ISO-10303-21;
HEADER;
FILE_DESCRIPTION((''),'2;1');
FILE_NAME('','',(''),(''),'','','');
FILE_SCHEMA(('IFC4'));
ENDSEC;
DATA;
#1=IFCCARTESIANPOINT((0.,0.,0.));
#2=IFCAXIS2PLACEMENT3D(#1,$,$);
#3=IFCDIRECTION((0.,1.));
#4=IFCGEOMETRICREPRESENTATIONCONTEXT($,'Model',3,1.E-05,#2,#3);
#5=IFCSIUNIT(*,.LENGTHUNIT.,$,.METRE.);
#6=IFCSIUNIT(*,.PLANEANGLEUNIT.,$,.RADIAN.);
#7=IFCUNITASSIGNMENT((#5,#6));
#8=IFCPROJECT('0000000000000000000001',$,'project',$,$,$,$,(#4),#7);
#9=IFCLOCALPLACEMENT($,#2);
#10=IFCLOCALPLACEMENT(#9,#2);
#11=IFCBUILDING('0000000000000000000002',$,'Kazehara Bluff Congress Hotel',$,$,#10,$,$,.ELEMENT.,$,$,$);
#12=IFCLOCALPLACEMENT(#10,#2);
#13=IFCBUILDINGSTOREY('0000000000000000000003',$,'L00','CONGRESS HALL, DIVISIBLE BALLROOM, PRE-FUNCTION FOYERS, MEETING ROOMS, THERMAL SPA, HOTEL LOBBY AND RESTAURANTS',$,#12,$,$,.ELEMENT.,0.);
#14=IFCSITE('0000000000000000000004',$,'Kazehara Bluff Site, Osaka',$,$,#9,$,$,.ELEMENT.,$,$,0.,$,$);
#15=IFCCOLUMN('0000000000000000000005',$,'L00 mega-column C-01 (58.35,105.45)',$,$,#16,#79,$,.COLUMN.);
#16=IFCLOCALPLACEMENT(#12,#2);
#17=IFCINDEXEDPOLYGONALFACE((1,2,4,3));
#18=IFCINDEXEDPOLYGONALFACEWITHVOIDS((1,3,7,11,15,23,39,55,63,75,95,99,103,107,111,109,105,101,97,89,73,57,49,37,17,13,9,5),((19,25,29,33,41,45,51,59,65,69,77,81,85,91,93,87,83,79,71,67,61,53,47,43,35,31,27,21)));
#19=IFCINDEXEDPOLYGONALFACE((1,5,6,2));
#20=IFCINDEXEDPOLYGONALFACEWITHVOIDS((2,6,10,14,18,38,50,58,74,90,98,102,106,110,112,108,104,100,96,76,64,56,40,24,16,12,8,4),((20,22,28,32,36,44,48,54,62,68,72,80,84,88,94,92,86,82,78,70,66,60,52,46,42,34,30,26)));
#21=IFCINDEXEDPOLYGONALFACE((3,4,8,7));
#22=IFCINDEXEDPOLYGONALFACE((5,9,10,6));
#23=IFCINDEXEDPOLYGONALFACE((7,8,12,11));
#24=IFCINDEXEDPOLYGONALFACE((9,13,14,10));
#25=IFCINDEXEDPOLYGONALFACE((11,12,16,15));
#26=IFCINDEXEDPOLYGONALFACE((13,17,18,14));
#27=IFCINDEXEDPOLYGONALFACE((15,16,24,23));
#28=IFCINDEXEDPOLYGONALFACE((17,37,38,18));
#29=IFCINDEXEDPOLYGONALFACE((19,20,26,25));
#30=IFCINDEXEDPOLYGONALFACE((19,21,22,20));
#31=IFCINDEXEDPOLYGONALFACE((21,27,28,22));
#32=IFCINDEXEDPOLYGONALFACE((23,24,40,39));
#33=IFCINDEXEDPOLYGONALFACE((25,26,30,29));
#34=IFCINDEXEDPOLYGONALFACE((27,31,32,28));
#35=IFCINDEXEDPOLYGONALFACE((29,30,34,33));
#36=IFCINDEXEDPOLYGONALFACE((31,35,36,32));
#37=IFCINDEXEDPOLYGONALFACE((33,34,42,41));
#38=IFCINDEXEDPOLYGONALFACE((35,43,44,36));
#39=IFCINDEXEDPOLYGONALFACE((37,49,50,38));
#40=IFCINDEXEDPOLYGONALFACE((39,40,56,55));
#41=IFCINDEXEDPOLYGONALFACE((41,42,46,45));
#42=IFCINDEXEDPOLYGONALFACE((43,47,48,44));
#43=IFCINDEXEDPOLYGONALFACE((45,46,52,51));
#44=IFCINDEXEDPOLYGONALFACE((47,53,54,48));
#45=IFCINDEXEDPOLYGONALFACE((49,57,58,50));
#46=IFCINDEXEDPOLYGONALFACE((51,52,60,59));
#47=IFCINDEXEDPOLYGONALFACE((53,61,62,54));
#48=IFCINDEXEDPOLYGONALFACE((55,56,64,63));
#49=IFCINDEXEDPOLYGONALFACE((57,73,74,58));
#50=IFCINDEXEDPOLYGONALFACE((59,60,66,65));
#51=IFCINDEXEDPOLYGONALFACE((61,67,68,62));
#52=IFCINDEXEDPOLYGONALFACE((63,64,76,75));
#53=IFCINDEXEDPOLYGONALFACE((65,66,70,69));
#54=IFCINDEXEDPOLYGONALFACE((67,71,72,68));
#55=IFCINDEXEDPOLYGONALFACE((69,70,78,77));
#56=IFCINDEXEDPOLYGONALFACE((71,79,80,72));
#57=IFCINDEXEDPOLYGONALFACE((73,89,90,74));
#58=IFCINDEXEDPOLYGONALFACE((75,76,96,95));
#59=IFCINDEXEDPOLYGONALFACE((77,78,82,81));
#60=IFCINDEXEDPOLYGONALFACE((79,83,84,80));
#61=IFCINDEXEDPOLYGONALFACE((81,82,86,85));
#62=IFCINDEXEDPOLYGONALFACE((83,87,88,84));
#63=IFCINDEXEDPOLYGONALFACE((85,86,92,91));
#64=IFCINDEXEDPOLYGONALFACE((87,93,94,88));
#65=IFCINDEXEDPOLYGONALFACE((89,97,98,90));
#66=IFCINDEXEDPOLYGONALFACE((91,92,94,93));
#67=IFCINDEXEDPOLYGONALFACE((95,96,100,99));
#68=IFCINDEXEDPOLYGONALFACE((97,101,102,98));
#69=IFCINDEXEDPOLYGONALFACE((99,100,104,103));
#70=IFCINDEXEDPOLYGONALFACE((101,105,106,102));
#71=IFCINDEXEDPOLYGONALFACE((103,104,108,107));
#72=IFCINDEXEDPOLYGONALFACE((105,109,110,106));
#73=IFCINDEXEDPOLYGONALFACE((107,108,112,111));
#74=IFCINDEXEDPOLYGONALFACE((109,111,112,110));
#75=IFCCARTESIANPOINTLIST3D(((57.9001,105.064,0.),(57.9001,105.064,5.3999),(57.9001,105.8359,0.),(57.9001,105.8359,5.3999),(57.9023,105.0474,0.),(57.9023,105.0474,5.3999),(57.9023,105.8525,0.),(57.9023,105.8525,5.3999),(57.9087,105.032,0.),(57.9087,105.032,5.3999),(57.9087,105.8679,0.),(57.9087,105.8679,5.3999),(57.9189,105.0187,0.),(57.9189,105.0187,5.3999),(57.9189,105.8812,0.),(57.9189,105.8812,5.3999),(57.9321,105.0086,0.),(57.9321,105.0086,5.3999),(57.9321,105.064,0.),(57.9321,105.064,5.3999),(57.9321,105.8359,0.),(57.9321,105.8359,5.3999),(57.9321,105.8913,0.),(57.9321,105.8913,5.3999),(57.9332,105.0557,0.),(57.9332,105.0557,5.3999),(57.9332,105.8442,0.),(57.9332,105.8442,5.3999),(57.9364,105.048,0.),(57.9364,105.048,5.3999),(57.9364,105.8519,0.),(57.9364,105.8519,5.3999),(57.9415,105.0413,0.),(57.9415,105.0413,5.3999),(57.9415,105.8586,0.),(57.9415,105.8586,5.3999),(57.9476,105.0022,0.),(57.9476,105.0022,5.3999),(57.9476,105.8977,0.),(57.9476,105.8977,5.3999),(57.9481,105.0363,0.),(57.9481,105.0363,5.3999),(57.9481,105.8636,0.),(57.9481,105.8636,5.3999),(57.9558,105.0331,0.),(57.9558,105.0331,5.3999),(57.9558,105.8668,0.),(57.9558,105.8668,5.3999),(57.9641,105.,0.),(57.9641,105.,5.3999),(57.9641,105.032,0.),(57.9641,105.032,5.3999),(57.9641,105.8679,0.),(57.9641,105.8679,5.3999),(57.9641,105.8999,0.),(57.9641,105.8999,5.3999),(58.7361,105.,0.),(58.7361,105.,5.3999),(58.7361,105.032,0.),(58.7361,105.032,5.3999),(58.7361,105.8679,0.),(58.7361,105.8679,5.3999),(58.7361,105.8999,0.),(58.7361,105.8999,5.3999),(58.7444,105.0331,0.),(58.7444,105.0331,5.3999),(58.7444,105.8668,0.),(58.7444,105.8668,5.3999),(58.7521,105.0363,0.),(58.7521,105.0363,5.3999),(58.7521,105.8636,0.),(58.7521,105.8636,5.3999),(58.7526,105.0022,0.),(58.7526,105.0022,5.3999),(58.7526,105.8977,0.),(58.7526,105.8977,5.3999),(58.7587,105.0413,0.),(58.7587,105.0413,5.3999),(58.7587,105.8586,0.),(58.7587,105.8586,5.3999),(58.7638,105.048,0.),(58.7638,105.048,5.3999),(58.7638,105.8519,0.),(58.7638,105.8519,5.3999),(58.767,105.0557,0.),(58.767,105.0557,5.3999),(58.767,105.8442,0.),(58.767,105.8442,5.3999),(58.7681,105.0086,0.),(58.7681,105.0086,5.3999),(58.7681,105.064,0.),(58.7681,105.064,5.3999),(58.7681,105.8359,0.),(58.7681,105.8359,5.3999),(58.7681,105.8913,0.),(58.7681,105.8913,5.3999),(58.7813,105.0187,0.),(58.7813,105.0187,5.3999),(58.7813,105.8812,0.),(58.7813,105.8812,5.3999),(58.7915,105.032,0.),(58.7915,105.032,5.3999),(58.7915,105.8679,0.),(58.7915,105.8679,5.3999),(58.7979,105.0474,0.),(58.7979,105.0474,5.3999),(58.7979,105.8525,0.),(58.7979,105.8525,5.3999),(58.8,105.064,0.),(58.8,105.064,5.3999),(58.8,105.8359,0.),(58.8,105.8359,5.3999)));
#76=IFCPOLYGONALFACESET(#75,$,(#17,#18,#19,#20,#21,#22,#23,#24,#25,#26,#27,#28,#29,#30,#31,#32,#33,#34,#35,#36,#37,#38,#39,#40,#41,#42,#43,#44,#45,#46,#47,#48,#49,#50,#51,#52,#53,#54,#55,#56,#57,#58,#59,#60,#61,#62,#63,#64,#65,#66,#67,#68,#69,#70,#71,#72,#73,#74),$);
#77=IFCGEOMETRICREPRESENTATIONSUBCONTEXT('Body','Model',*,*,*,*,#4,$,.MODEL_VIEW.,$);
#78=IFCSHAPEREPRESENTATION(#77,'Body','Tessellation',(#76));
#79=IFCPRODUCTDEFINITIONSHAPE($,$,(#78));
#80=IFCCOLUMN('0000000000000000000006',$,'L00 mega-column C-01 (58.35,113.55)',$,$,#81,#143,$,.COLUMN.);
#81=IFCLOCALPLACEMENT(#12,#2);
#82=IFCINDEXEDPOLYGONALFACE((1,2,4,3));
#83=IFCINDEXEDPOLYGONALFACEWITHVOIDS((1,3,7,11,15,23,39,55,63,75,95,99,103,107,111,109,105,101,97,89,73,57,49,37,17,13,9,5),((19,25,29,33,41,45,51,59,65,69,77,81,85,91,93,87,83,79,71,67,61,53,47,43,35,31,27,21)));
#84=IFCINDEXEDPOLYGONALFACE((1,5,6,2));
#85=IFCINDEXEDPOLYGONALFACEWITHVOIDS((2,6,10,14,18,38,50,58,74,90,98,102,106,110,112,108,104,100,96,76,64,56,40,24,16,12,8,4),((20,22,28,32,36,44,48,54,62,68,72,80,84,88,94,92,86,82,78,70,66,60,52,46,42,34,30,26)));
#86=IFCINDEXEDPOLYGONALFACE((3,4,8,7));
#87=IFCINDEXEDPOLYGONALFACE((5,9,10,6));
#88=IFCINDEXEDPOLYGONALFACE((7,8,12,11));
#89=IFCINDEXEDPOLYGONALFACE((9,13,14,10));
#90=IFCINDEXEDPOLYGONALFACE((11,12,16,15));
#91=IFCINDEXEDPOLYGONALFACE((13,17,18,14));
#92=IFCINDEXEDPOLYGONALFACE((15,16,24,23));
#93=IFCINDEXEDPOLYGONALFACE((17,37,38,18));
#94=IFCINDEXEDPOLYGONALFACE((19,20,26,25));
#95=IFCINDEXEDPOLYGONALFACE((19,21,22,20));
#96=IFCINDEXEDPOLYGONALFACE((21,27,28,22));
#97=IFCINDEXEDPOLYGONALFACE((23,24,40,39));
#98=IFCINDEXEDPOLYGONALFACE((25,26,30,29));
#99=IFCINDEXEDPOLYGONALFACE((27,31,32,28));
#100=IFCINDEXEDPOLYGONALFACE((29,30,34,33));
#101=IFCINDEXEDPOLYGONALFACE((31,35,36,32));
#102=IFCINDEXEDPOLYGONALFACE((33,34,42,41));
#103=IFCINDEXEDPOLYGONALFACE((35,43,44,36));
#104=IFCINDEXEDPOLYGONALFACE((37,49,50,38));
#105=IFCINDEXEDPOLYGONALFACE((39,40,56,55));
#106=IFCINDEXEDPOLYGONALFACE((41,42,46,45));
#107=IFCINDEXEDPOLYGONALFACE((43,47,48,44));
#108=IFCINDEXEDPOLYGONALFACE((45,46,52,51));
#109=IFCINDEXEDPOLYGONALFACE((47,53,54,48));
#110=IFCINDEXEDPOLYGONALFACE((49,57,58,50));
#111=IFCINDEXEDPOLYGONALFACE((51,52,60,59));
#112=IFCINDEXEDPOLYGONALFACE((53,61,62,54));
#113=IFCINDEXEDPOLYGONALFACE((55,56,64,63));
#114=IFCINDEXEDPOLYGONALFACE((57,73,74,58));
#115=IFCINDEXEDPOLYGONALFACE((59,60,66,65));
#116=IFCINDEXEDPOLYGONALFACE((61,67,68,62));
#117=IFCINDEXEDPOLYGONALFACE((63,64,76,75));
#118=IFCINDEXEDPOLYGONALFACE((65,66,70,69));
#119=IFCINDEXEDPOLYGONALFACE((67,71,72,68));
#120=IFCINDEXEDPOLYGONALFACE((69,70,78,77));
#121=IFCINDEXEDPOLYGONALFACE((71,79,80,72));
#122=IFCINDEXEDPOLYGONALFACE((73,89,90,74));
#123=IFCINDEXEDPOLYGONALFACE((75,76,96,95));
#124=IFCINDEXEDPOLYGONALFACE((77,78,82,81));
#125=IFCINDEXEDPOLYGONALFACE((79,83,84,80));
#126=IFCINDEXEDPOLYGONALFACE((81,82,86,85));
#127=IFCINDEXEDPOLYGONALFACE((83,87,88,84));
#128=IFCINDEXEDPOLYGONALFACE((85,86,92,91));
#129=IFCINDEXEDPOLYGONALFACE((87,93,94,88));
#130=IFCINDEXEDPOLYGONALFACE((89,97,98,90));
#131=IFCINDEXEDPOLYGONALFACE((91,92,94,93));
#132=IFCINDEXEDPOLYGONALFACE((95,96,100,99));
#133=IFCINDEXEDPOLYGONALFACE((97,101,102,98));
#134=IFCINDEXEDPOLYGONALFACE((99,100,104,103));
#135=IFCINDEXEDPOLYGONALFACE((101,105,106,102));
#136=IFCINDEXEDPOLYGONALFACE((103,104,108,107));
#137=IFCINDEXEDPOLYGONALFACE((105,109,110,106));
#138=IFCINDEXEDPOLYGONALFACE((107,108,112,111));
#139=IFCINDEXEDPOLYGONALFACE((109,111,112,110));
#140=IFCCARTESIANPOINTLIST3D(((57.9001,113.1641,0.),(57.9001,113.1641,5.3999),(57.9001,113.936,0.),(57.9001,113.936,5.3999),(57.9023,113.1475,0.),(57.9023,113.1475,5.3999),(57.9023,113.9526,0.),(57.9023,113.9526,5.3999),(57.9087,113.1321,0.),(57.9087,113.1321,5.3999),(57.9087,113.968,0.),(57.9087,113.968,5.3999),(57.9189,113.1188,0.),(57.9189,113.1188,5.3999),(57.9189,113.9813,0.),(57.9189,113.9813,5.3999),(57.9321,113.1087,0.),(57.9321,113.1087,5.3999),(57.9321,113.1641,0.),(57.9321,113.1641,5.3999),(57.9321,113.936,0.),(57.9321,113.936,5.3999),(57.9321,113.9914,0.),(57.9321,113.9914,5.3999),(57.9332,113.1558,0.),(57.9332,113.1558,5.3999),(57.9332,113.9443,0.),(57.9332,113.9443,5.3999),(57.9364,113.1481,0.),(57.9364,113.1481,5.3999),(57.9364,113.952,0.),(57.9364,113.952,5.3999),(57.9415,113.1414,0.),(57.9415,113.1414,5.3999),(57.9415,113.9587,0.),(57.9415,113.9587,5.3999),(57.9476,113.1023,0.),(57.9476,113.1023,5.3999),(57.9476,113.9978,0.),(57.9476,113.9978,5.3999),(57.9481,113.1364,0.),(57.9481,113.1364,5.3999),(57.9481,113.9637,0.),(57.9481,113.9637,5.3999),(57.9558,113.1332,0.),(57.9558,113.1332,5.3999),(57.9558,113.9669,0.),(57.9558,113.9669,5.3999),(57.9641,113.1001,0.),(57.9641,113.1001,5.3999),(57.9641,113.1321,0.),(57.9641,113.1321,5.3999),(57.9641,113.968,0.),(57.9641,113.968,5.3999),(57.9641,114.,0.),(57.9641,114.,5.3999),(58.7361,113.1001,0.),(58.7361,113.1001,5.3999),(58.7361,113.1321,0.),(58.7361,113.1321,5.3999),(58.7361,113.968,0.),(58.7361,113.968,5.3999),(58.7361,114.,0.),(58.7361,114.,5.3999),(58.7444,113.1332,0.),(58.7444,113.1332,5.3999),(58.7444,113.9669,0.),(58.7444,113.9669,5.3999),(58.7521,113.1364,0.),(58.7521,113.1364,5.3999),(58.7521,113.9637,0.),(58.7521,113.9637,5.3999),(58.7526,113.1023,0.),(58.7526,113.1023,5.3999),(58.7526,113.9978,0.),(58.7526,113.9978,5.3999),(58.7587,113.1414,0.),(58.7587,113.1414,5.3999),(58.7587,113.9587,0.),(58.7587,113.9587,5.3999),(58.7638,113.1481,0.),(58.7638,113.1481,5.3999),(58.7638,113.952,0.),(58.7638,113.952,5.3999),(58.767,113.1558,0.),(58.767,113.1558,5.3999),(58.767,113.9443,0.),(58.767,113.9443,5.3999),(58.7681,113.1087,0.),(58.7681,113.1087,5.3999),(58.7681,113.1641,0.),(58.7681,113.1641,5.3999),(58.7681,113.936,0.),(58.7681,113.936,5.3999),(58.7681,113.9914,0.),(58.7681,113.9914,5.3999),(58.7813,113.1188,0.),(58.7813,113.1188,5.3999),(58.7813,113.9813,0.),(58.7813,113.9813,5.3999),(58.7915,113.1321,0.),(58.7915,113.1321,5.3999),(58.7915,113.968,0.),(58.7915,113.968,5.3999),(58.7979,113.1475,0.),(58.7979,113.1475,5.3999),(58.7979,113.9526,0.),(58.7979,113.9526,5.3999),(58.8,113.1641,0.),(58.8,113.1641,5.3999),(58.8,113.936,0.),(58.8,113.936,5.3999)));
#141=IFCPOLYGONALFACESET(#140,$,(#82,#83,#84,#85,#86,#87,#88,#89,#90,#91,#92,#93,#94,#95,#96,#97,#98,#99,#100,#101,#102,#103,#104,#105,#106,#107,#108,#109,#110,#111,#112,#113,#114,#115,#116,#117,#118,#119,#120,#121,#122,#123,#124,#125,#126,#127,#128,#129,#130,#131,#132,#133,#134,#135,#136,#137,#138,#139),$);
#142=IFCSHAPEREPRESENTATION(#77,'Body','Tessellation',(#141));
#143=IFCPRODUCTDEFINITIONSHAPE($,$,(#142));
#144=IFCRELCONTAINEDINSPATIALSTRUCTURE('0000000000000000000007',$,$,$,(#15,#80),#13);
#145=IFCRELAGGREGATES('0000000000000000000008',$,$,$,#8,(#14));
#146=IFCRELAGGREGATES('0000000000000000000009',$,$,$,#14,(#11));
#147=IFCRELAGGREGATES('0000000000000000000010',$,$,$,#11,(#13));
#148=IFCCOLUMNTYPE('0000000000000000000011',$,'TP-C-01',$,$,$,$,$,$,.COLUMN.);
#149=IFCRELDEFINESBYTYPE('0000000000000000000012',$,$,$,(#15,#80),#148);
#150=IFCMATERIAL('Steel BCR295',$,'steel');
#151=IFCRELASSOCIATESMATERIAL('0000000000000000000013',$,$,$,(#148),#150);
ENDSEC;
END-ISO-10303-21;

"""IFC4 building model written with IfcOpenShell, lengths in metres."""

from ifc_helpers import new_model, si_unit, direction, frame, origin, origin_2d, place, context, subcontext, project, spatial, hollow_rectangle, extrude, material, material_profile, profile_set, type_object, element, save


model = new_model("IFC4")

# Units and contexts
model_context = context("Model", 3, precision=1e-05, world=origin(), true_north=direction((0.0, 1.0)))
body_context = subcontext(model_context, "Body", "Model", "MODEL_VIEW")
ifc_project = project(units=[si_unit("LENGTHUNIT", "METRE"), si_unit("PLANEANGLEUNIT", "RADIAN")], contexts=[model_context])

# Site, building, storey
site_placement = place(None, origin())
site = spatial("IfcSite", under=ifc_project, at=site_placement, Name="Kazehara Bluff Site, Osaka", CompositionType="ELEMENT", RefElevation=0.0)
building_placement = place(site_placement, origin())
building = spatial("IfcBuilding", under=site, at=building_placement, Name="Kazehara Bluff Congress Hotel", CompositionType="ELEMENT")
storey_placement = place(building_placement, origin())
storey = spatial("IfcBuildingStorey", under=building, at=storey_placement, Name="L00", Description="CONGRESS HALL, DIVISIBLE BALLROOM, PRE-FUNCTION FOYERS, MEETING ROOMS, THERMAL SPA, HOTEL LOBBY AND RESTAURANTS", CompositionType="ELEMENT", Elevation=0.0)

# Columns
ifc_material_1 = material(Name="Steel BCR295", Category="steel")
ifc_material_profile_1 = material_profile(ifc_material_1, hollow_rectangle(XDim=0.8999, YDim=0.8999, WallThickness=0.032, InnerFilletRadius=0.032, OuterFilletRadius=0.064, at=origin_2d()))
ifc_profile_set_1 = profile_set([ifc_material_profile_1], Name="Steel BCR295")
column_type_1 = type_object("IfcColumnType", Name="TP-C-01", PredefinedType="COLUMN", material=ifc_profile_set_1)
for number, where, z_axis, x_axis, name in (
    (1, (58.3501, 105.45, 0.0), (0.0, 0.0, 1.0), (1.0, 0.0, 0.0), "L00 mega-column C-01 (58.35,105.45)"),
    (2, (58.3501, 113.55, 0.0), (0.0, 0.0, 1.0), (1.0, 0.0, 0.0), "L00 mega-column C-01 (58.35,113.55)"),
):
    element("IfcColumn", number, at=place(storey_placement, frame(where, z_axis=z_axis, x_axis=x_axis)), inside=storey, type_object=column_type_1, Name=name, PredefinedType="COLUMN", context=body_context, shape_type="SweptSolid", body=[
        extrude(hollow_rectangle(XDim=0.8999, YDim=0.8999, WallThickness=0.032, InnerFilletRadius=0.032, OuterFilletRadius=0.064, at=origin_2d()), origin(), (0.0, 0.0, 1.0), 5.3999),
    ])

save(model, "model.ifc")
